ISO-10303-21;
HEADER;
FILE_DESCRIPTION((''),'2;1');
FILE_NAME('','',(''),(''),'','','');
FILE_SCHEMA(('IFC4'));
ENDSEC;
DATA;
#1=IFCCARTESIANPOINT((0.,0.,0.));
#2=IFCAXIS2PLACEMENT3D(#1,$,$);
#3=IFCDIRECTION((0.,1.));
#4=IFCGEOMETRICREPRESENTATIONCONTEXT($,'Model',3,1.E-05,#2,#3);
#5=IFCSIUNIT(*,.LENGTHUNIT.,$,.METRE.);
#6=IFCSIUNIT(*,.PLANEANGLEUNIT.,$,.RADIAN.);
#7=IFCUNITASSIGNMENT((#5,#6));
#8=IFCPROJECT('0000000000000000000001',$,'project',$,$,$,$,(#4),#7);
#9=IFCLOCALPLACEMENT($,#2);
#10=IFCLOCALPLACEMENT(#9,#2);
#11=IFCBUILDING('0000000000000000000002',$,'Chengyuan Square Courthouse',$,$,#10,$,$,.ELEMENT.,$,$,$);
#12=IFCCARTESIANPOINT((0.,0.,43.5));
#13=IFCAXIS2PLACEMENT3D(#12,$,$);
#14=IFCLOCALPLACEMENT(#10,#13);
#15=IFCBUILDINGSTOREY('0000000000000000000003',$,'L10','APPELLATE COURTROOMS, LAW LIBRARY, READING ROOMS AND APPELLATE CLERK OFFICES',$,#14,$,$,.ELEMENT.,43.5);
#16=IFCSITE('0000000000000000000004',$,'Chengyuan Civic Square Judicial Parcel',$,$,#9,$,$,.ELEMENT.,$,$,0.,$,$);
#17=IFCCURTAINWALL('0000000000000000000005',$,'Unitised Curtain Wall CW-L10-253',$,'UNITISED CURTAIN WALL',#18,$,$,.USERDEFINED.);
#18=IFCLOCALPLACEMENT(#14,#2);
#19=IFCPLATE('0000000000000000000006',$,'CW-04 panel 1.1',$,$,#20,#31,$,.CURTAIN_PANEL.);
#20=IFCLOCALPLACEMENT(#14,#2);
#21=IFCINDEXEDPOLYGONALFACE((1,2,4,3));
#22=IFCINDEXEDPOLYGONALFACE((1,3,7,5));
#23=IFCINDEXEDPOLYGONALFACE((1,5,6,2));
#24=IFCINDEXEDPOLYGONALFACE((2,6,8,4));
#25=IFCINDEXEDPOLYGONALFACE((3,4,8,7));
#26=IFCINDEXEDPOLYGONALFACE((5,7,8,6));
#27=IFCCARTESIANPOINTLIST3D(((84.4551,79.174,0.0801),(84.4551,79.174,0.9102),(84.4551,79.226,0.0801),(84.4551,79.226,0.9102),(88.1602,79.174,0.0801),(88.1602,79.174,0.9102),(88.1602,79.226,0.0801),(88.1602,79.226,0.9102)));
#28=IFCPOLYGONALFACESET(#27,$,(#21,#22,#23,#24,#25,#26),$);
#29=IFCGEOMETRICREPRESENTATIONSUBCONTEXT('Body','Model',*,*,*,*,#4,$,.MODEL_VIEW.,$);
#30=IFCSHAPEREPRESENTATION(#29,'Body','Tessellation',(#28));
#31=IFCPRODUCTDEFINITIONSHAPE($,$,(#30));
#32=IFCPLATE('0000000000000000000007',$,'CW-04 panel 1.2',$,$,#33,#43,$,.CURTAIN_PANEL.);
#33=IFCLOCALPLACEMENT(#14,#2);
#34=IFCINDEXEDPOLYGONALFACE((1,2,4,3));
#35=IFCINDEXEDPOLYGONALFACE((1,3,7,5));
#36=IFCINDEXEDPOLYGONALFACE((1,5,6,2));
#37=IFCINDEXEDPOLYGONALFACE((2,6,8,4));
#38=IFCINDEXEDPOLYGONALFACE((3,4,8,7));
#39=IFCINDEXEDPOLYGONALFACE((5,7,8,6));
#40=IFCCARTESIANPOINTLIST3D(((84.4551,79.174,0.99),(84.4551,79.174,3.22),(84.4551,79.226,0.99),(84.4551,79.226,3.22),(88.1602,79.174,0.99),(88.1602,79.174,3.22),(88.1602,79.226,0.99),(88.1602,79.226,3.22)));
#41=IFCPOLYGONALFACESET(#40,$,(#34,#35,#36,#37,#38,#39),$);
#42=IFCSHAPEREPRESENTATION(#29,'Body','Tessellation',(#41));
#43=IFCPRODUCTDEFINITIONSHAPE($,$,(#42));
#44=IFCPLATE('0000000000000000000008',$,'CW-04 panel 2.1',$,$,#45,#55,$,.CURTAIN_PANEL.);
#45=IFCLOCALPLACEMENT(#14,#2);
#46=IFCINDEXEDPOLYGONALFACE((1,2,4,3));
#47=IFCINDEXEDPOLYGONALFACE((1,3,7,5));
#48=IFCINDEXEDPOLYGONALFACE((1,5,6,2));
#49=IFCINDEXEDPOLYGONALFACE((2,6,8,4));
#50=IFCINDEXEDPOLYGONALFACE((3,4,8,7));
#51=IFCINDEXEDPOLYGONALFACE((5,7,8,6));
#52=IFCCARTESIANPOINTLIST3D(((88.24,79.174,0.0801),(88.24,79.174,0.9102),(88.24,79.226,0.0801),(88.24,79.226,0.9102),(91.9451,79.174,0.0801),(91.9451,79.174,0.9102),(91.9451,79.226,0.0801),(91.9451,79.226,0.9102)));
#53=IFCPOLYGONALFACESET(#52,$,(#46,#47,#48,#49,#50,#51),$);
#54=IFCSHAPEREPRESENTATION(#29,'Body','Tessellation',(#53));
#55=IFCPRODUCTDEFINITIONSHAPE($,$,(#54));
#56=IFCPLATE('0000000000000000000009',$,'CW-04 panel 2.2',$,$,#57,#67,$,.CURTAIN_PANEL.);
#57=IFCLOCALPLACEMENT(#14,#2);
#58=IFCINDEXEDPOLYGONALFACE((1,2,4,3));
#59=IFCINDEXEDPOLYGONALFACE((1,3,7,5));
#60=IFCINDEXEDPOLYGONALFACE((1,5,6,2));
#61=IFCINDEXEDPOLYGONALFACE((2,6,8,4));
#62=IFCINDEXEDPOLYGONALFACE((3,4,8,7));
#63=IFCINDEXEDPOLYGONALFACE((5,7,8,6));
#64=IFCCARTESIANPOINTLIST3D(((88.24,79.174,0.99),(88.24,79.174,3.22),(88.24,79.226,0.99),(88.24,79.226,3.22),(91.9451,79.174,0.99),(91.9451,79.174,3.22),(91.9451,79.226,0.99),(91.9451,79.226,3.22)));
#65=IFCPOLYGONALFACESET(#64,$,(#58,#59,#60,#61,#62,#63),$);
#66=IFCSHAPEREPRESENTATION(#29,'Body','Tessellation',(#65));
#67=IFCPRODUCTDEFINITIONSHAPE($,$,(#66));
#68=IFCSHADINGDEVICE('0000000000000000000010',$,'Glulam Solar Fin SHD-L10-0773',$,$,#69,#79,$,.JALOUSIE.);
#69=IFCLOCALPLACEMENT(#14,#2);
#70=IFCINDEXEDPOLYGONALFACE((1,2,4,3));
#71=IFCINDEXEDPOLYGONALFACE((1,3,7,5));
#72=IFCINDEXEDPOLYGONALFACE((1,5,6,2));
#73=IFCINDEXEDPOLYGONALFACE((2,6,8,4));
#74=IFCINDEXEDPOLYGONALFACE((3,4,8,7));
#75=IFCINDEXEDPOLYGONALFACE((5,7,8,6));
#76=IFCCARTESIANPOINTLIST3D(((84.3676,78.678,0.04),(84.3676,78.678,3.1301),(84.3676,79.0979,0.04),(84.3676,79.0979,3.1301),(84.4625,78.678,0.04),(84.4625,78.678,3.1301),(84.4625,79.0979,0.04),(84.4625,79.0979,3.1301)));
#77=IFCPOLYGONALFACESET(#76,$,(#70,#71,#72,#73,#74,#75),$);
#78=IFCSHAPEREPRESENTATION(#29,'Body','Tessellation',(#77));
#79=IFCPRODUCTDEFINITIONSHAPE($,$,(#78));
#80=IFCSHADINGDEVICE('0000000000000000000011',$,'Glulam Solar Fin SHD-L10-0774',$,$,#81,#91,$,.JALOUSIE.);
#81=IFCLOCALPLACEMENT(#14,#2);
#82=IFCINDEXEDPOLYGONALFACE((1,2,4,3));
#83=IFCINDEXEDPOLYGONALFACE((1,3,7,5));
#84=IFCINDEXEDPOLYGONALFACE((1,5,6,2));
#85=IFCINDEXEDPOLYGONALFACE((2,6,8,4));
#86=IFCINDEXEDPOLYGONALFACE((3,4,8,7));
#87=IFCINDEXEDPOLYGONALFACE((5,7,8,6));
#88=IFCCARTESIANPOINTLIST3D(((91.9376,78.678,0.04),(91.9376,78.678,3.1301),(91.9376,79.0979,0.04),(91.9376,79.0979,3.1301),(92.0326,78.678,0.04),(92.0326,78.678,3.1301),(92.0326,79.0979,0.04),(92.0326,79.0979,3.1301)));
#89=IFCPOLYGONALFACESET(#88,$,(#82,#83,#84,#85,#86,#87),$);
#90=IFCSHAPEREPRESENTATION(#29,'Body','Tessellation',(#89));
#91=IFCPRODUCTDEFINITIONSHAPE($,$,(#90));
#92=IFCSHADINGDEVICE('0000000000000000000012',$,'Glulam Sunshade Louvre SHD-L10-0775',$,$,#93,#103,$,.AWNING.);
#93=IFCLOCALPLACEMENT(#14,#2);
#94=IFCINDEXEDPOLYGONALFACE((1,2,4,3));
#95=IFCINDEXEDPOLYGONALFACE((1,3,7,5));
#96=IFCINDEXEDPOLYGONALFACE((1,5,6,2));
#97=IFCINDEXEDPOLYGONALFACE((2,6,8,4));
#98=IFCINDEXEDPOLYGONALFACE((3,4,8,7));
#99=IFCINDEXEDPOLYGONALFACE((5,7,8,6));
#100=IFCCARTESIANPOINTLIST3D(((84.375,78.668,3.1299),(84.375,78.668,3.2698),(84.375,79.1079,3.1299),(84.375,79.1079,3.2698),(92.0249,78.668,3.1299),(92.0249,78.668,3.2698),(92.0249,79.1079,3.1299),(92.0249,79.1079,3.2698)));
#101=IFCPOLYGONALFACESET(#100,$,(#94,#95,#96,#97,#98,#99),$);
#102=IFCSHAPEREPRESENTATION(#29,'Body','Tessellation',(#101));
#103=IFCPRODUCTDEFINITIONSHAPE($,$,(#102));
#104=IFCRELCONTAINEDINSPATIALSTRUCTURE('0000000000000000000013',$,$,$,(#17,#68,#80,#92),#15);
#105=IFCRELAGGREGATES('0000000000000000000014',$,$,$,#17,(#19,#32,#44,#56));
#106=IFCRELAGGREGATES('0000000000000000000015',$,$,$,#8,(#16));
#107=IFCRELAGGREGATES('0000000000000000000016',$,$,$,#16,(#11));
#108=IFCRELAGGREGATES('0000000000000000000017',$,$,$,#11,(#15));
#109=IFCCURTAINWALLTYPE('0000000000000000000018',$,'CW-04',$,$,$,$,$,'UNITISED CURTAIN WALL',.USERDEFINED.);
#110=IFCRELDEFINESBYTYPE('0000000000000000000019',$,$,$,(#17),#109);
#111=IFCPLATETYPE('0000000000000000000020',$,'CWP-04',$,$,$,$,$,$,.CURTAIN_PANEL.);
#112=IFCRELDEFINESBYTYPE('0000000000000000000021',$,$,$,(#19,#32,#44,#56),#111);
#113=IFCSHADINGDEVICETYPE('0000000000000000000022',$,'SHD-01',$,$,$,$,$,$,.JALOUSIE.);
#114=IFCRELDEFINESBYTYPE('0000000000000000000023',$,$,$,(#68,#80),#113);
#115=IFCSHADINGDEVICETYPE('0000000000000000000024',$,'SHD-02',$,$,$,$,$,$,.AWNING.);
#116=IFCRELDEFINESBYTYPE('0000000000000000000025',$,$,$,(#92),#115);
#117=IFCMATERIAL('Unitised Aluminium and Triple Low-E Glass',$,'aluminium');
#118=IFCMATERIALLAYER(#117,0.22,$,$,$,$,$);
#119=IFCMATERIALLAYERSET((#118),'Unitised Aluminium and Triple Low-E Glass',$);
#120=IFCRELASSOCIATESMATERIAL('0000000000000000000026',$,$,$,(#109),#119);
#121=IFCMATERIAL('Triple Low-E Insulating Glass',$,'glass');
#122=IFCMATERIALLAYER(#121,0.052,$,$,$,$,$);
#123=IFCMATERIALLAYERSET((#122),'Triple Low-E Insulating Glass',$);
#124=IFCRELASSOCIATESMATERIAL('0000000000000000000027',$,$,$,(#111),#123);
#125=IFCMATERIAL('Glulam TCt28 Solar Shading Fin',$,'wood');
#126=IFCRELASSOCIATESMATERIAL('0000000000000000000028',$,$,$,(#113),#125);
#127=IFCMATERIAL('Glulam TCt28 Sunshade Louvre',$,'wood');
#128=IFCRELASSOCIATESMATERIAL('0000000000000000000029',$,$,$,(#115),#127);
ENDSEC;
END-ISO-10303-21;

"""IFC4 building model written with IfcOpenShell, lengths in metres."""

from ifc_helpers import new_model, si_unit, direction, frame, origin, origin_2d, place, context, subcontext, project, spatial, rectangle, extrude, material, layer, layer_set, type_object, element, aggregate, save


model = new_model("IFC4")

# Units and contexts
model_context = context("Model", 3, precision=1e-05, world=origin(), true_north=direction((0.0, 1.0)))
body_context = subcontext(model_context, "Body", "Model", "MODEL_VIEW")
ifc_project = project(units=[si_unit("LENGTHUNIT", "METRE"), si_unit("PLANEANGLEUNIT", "RADIAN")], contexts=[model_context])

# Site, building, storey
site_placement = place(None, origin())
site = spatial("IfcSite", under=ifc_project, at=site_placement, Name="Chengyuan Civic Square Judicial Parcel", CompositionType="ELEMENT", RefElevation=0.0)
building_placement = place(site_placement, origin())
building = spatial("IfcBuilding", under=site, at=building_placement, Name="Chengyuan Square Courthouse", CompositionType="ELEMENT")
storey_placement = place(building_placement, frame((0.0, 0.0, 43.5)))
storey = spatial("IfcBuildingStorey", under=building, at=storey_placement, Name="L10", Description="APPELLATE COURTROOMS, LAW LIBRARY, READING ROOMS AND APPELLATE CLERK OFFICES", CompositionType="ELEMENT", Elevation=43.5)

# Curtain wall, plates
ifc_material_1 = material(Name="Unitised Aluminium and Triple Low-E Glass", Category="aluminium")
ifc_layer_1 = layer(ifc_material_1, 0.22)
ifc_layer_set_1 = layer_set([ifc_layer_1], Name="Unitised Aluminium and Triple Low-E Glass")
curtain_wall_type = type_object("IfcCurtainWallType", Name="CW-04", ElementType="UNITISED CURTAIN WALL", PredefinedType="USERDEFINED", material=ifc_layer_set_1)
curtain_wall_placement = place(storey_placement, origin())
curtain_wall = element("IfcCurtainWall", 1, at=curtain_wall_placement, inside=storey, type_object=curtain_wall_type, Name="Unitised Curtain Wall CW-L10-253", ObjectType="UNITISED CURTAIN WALL", PredefinedType="USERDEFINED")
ifc_material_2 = material(Name="Triple Low-E Insulating Glass", Category="glass")
ifc_layer_2 = layer(ifc_material_2, 0.052)
ifc_layer_set_2 = layer_set([ifc_layer_2], Name="Triple Low-E Insulating Glass")
plate_type = type_object("IfcPlateType", Name="CWP-04", PredefinedType="CURTAIN_PANEL", material=ifc_layer_set_2)
plate_1_placement = place(storey_placement, frame((86.3076, 79.2, 0.0801), z_axis=(0.0, 0.0, 1.0), x_axis=(1.0, 0.0, 0.0)))
plate_1 = element("IfcPlate", 2, at=plate_1_placement, type_object=plate_type, Name="CW-04 panel 1.1", PredefinedType="CURTAIN_PANEL", context=body_context, shape_type="SweptSolid", body=[
    extrude(rectangle(XDim=3.7051, YDim=0.052, at=origin_2d()), origin(), (0.0, 0.0, 1.0), 0.8301),
])
plate_2_placement = place(storey_placement, frame((86.3076, 79.2, 0.99), z_axis=(0.0, 0.0, 1.0), x_axis=(1.0, 0.0, 0.0)))
plate_2 = element("IfcPlate", 3, at=plate_2_placement, type_object=plate_type, Name="CW-04 panel 1.2", PredefinedType="CURTAIN_PANEL", context=body_context, shape_type="SweptSolid", body=[
    extrude(rectangle(XDim=3.7051, YDim=0.052, at=origin_2d()), origin(), (0.0, 0.0, 1.0), 2.23),
])
plate_3_placement = place(storey_placement, frame((90.0925, 79.2, 0.0801), z_axis=(0.0, 0.0, 1.0), x_axis=(1.0, 0.0, 0.0)))
plate_3 = element("IfcPlate", 4, at=plate_3_placement, type_object=plate_type, Name="CW-04 panel 2.1", PredefinedType="CURTAIN_PANEL", context=body_context, shape_type="SweptSolid", body=[
    extrude(rectangle(XDim=3.7051, YDim=0.052, at=origin_2d()), origin(), (0.0, 0.0, 1.0), 0.8301),
])
plate_4_placement = place(storey_placement, frame((90.0925, 79.2, 0.99), z_axis=(0.0, 0.0, 1.0), x_axis=(1.0, 0.0, 0.0)))
plate_4 = element("IfcPlate", 5, at=plate_4_placement, type_object=plate_type, Name="CW-04 panel 2.2", PredefinedType="CURTAIN_PANEL", context=body_context, shape_type="SweptSolid", body=[
    extrude(rectangle(XDim=3.7051, YDim=0.052, at=origin_2d()), origin(), (0.0, 0.0, 1.0), 2.23),
])
aggregate(curtain_wall, [plate_1, plate_2, plate_3, plate_4])

# Shading devices
ifc_material_3 = material(Name="Glulam TCt28 Solar Shading Fin", Category="wood")
shading_device_type_1 = type_object("IfcShadingDeviceType", Name="SHD-01", PredefinedType="JALOUSIE", material=ifc_material_3)
for number, where, z_axis, x_axis, name in (
    (6, (84.415, 78.8879, 0.04), (0.0, 0.0, 1.0), (0.0, 1.0, 0.0), "Glulam Solar Fin SHD-L10-0773"),
    (7, (91.9851, 78.8879, 0.04), (0.0, 0.0, 1.0), (0.0, 1.0, 0.0), "Glulam Solar Fin SHD-L10-0774"),
):
    element("IfcShadingDevice", number, at=place(storey_placement, frame(where, z_axis=z_axis, x_axis=x_axis)), inside=storey, type_object=shading_device_type_1, Name=name, PredefinedType="JALOUSIE", context=body_context, shape_type="SweptSolid", body=[
        extrude(rectangle(XDim=0.4199, YDim=0.095, at=origin_2d()), origin(), (0.0, 0.0, 1.0), 3.0901),
    ])
ifc_material_4 = material(Name="Glulam TCt28 Sunshade Louvre", Category="wood")
shading_device_type_2 = type_object("IfcShadingDeviceType", Name="SHD-02", PredefinedType="AWNING", material=ifc_material_4)
shading_device_placement = place(storey_placement, frame((88.2, 78.8879, 3.1299), z_axis=(0.0, 0.0, 1.0), x_axis=(1.0, 0.0, 0.0)))
element("IfcShadingDevice", 8, at=shading_device_placement, inside=storey, type_object=shading_device_type_2, Name="Glulam Sunshade Louvre SHD-L10-0775", PredefinedType="AWNING", context=body_context, shape_type="SweptSolid", body=[
    extrude(rectangle(XDim=7.6499, YDim=0.4399, at=origin_2d()), origin(), (0.0, 0.0, 1.0), 0.1399),
])

save(model, "model.ifc")
